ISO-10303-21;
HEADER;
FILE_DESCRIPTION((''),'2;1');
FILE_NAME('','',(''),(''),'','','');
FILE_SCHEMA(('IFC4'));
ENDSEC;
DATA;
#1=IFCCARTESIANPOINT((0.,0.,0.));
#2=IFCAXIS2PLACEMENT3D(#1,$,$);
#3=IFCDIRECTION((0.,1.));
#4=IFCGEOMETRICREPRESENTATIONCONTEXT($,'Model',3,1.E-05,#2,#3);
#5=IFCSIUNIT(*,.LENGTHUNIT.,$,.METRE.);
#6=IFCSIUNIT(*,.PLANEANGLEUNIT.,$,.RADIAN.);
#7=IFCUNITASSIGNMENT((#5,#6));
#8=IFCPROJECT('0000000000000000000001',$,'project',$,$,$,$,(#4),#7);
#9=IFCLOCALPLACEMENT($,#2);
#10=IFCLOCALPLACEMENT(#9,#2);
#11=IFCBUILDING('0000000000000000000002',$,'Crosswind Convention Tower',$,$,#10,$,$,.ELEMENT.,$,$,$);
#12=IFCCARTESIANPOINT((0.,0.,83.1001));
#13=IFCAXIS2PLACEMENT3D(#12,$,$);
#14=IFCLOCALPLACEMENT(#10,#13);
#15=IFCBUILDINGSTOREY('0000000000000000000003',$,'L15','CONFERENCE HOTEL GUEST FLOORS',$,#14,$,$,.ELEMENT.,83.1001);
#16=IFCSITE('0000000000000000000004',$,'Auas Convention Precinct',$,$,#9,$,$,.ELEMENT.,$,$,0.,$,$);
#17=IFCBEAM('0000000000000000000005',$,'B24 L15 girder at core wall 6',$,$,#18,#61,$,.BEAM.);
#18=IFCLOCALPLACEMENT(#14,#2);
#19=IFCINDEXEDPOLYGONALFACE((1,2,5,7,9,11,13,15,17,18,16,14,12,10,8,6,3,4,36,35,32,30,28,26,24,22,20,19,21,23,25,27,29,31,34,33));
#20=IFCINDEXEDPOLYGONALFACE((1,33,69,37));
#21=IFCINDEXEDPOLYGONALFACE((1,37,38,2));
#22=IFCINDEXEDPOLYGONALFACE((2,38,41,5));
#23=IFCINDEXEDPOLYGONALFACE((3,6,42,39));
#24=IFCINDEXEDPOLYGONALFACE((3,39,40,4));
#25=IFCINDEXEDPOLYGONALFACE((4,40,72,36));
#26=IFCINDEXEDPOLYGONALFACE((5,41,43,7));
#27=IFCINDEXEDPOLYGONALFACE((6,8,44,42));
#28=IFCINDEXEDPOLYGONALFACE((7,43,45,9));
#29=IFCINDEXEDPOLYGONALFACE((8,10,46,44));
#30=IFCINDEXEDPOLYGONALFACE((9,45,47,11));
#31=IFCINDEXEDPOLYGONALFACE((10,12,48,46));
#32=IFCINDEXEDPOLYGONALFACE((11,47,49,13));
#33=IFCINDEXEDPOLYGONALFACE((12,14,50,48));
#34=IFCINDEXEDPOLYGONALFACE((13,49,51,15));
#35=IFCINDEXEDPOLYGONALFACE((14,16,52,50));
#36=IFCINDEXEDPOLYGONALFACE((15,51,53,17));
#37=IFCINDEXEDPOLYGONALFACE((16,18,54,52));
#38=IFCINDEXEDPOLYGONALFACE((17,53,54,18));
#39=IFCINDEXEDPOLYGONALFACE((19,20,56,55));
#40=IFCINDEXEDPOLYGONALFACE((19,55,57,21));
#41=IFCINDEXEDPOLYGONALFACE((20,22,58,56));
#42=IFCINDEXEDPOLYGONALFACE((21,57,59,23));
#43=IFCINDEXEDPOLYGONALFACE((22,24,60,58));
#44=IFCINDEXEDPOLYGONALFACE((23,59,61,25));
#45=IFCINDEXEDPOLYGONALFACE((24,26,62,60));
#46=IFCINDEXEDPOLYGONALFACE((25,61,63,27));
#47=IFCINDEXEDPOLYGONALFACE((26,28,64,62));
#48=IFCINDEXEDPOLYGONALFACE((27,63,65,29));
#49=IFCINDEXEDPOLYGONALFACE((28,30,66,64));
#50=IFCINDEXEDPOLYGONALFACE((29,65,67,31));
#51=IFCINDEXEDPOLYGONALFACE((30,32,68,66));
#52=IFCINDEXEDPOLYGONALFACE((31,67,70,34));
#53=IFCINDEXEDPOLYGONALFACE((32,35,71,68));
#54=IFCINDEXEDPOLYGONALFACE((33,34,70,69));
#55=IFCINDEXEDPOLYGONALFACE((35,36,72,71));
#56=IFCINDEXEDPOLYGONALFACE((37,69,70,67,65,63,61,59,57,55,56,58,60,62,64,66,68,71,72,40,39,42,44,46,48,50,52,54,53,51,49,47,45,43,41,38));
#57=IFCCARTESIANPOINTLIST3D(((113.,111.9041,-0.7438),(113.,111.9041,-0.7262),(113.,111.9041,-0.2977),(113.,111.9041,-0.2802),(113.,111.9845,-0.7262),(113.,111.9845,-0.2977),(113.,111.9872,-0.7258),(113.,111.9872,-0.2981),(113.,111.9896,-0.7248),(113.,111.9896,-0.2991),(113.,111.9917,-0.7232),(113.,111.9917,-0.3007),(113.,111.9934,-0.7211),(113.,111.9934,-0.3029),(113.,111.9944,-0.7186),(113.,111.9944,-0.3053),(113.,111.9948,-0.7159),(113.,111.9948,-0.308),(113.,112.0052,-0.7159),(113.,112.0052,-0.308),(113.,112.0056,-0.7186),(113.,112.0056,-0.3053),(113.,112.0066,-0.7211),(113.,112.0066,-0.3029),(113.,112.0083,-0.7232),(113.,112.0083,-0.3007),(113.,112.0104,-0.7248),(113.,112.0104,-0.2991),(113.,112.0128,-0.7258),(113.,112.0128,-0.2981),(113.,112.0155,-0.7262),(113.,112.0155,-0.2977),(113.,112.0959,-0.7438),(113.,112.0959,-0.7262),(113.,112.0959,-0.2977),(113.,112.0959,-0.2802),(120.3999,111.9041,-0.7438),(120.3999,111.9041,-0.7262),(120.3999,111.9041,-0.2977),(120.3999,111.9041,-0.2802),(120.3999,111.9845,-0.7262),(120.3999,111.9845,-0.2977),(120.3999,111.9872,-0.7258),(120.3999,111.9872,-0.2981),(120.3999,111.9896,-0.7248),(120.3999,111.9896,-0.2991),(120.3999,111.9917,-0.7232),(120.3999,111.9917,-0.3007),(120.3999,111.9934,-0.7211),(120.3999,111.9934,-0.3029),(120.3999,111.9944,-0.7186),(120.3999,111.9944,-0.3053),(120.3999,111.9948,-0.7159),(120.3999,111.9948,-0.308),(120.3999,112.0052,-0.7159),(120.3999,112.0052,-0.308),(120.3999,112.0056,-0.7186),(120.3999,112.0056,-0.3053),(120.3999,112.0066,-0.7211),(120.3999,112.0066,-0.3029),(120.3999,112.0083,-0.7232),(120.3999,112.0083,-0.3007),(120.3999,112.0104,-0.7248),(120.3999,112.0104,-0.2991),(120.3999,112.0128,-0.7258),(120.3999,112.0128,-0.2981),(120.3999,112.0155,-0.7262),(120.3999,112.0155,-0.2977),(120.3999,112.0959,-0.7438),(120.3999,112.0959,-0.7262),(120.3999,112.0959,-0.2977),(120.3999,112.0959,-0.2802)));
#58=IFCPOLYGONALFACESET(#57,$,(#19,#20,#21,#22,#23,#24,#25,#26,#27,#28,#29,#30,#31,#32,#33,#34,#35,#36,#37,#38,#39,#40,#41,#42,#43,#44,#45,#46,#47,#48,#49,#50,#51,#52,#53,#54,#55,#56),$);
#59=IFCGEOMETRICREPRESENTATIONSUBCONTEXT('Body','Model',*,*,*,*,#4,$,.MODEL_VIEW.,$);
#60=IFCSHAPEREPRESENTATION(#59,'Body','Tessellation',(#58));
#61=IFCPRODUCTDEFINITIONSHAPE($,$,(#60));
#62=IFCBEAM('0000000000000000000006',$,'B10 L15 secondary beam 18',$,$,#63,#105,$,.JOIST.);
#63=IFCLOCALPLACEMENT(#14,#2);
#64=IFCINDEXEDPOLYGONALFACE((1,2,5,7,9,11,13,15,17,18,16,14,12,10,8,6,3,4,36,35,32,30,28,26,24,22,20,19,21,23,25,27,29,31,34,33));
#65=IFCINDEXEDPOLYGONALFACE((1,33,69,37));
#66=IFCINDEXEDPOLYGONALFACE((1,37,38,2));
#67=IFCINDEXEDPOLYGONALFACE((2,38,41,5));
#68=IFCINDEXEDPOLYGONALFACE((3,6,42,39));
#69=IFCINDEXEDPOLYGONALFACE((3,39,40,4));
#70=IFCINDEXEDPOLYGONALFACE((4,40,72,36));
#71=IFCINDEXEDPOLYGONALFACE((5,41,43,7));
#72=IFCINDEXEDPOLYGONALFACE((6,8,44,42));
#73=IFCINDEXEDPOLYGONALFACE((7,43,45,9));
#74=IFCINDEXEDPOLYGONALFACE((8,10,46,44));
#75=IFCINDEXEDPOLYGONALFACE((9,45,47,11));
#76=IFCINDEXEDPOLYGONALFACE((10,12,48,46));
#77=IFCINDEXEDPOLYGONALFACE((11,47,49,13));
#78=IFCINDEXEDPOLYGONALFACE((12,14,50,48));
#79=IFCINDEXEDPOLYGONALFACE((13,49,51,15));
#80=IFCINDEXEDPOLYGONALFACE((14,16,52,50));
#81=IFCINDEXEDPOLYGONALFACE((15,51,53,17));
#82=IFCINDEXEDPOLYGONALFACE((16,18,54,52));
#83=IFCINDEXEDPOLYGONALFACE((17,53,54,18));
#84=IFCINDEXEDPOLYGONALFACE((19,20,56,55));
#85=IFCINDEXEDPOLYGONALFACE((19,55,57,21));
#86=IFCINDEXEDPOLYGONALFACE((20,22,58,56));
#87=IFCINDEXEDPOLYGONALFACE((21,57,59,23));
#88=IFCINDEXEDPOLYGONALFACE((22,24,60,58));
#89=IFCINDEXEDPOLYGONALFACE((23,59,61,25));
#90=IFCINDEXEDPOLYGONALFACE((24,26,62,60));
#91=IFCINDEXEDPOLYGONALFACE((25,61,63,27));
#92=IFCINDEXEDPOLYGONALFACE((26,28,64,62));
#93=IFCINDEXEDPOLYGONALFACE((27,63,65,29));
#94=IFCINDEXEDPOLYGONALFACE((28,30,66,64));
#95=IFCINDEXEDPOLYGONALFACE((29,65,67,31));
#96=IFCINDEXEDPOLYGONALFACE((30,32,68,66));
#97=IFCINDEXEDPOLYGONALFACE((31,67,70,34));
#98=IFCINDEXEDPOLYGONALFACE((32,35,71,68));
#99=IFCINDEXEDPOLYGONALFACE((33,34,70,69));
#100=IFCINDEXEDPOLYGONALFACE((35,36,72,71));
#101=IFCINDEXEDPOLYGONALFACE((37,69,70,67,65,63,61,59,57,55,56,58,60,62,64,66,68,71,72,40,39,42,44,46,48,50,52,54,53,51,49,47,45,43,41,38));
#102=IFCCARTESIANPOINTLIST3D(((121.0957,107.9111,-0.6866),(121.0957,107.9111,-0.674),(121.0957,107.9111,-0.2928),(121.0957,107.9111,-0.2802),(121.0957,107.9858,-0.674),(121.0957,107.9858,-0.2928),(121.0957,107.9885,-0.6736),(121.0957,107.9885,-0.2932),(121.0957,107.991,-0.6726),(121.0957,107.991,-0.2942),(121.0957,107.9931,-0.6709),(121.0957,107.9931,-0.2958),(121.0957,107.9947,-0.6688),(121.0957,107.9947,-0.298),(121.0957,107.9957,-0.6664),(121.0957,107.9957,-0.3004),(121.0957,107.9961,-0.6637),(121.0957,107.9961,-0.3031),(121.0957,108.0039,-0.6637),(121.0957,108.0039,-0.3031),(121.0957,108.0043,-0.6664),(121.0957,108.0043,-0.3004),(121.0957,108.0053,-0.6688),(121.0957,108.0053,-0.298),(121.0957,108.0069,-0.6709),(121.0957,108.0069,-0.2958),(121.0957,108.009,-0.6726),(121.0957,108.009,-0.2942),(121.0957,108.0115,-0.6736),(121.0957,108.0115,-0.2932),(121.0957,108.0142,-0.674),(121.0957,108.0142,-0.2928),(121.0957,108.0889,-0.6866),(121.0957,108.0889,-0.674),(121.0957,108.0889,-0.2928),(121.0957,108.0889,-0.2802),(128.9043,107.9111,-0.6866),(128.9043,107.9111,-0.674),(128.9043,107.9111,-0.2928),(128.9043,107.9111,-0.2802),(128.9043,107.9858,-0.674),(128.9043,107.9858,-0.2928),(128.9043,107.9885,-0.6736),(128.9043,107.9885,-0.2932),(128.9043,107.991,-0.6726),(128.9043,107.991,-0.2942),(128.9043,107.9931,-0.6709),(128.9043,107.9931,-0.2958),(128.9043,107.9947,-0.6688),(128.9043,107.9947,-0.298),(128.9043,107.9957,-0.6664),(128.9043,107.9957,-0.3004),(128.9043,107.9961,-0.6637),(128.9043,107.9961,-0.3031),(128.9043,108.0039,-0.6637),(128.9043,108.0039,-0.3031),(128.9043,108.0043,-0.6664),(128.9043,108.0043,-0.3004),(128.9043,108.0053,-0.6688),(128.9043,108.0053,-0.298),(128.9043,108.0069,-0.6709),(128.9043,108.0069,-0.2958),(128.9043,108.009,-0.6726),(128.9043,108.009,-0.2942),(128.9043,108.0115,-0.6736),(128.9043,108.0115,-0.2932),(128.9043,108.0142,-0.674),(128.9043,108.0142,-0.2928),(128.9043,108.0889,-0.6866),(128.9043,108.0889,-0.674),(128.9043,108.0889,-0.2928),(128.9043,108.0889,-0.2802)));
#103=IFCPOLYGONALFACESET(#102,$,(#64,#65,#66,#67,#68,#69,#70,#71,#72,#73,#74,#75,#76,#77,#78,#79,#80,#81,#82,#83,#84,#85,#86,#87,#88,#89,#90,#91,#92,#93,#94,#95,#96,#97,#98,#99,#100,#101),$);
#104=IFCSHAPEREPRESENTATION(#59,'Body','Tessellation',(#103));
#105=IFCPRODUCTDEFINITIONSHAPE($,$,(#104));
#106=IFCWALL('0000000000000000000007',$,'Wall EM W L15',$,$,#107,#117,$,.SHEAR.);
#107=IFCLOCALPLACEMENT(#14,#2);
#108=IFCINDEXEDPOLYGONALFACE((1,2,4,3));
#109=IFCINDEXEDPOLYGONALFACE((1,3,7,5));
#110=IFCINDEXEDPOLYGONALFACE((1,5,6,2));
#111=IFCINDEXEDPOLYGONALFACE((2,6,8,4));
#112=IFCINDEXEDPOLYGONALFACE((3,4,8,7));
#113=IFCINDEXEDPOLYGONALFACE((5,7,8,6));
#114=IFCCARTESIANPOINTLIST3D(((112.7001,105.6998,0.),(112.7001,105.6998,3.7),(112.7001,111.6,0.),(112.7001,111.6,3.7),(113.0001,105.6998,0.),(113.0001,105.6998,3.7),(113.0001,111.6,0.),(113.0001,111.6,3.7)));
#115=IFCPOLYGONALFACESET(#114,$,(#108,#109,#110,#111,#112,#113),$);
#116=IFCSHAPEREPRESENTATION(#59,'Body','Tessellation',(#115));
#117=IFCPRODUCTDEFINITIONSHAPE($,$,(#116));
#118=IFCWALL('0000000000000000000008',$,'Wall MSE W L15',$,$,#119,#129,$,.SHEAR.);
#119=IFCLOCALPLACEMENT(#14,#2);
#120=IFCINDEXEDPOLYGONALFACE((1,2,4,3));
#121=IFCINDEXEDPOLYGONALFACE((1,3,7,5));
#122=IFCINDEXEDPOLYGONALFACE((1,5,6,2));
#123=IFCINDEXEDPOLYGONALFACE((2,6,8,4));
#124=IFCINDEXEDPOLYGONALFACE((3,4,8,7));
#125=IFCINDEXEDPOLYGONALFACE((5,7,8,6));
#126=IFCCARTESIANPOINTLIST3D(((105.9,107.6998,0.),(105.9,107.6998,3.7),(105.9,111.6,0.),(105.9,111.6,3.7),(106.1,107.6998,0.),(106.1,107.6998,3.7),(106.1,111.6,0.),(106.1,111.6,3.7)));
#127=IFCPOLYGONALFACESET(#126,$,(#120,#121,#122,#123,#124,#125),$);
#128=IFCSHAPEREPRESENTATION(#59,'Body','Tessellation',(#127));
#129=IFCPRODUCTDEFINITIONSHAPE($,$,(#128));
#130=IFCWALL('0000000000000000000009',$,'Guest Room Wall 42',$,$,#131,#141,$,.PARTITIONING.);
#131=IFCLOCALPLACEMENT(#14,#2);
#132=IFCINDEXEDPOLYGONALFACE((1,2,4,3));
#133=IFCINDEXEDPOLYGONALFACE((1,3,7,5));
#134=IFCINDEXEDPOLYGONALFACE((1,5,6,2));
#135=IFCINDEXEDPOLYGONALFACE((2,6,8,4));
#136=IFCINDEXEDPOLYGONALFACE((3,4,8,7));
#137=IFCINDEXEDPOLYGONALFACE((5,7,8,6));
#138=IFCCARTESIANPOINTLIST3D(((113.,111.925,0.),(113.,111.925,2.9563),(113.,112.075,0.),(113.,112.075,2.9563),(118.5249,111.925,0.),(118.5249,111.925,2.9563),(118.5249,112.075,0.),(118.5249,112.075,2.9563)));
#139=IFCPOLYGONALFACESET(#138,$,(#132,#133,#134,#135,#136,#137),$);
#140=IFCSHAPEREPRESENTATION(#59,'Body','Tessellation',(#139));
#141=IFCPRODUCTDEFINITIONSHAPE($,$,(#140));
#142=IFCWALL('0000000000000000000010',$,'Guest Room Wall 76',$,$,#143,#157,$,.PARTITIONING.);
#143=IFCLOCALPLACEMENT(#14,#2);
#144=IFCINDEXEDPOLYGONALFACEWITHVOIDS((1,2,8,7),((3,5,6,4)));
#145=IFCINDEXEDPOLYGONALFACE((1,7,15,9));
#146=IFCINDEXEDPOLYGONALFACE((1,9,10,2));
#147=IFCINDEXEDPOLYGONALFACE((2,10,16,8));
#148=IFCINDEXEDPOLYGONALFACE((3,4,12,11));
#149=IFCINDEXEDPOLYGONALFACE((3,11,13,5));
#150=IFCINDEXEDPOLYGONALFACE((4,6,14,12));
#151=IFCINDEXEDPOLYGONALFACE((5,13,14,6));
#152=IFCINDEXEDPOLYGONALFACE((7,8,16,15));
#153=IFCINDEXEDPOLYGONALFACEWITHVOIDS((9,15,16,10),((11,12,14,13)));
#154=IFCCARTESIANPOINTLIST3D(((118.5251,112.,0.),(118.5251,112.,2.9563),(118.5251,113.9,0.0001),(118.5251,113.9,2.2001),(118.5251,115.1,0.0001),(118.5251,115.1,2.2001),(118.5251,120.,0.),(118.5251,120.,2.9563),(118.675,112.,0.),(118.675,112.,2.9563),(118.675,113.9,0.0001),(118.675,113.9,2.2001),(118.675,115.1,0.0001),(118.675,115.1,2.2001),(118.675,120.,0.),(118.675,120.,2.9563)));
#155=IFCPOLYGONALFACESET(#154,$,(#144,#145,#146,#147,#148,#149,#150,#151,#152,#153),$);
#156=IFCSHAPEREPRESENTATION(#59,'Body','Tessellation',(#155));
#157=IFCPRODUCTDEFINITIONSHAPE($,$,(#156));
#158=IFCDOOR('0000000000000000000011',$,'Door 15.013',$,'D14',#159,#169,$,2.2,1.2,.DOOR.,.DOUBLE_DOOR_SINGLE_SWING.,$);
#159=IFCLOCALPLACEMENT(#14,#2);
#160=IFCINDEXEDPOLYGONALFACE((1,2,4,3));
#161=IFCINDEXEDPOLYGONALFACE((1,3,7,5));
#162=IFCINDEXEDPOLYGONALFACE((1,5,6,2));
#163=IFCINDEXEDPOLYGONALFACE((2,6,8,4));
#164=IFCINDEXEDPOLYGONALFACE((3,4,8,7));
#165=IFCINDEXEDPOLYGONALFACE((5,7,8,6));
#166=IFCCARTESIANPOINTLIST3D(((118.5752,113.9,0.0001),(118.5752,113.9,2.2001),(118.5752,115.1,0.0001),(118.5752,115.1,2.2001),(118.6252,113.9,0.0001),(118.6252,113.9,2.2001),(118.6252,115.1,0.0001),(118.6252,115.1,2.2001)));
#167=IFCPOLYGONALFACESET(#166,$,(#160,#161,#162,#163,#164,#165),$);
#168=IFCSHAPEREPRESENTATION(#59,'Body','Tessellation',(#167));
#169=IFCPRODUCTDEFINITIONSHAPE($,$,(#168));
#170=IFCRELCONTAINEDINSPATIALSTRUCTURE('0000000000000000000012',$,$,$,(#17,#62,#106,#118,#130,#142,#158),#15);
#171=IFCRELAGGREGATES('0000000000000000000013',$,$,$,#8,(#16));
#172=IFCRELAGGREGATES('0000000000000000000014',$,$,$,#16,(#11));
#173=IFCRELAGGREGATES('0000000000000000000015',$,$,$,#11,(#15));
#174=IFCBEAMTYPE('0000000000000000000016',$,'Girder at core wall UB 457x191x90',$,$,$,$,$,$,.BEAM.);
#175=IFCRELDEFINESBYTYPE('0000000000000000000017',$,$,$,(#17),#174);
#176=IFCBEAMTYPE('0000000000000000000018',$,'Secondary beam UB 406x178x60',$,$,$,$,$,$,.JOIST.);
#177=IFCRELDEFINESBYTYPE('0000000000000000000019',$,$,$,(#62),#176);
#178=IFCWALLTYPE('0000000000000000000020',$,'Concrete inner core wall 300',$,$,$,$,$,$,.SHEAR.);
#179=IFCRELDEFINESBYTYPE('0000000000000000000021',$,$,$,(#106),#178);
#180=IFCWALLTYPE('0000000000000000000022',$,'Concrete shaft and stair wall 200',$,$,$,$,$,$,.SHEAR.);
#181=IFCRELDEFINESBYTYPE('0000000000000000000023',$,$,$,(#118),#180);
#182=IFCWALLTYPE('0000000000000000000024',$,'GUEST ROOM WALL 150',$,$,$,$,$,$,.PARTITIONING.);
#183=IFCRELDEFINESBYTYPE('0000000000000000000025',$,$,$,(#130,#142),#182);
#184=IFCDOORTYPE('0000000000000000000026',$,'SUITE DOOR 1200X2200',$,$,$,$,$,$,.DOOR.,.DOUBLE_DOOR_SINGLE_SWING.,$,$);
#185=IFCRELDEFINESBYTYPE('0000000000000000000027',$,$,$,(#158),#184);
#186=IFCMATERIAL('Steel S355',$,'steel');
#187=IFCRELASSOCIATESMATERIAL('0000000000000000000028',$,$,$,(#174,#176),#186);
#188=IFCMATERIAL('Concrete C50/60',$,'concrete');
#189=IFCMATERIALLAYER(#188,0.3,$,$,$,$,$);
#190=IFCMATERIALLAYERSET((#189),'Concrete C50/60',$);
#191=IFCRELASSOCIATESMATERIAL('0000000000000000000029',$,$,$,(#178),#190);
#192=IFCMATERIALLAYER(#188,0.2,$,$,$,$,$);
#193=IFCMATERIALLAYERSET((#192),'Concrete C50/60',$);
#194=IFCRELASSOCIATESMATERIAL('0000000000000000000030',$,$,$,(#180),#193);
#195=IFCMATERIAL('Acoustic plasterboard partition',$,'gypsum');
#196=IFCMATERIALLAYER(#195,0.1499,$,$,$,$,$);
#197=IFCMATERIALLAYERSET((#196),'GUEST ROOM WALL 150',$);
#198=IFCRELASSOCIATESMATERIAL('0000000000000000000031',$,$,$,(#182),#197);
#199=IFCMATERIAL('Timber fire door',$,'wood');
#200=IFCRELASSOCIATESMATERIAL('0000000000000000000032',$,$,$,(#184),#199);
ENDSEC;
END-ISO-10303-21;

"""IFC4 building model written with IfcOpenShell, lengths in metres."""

from ifc_helpers import new_model, si_unit, direction, frame, frame_2d, origin, origin_2d, place, context, subcontext, project, spatial, rectangle, i_section, extrude, material, layer, layer_set, material_profile, profile_set, type_object, element, fill, save


model = new_model("IFC4")

# Units and contexts
model_context = context("Model", 3, precision=1e-05, world=origin(), true_north=direction((0.0, 1.0)))
body_context = subcontext(model_context, "Body", "Model", "MODEL_VIEW")
ifc_project = project(units=[si_unit("LENGTHUNIT", "METRE"), si_unit("PLANEANGLEUNIT", "RADIAN")], contexts=[model_context])

# Site, building, storey
site_placement = place(None, origin())
site = spatial("IfcSite", under=ifc_project, at=site_placement, Name="Auas Convention Precinct", CompositionType="ELEMENT", RefElevation=0.0)
building_placement = place(site_placement, origin())
building = spatial("IfcBuilding", under=site, at=building_placement, Name="Crosswind Convention Tower", CompositionType="ELEMENT")
storey_placement = place(building_placement, frame((0.0, 0.0, 83.1001)))
storey = spatial("IfcBuildingStorey", under=building, at=storey_placement, Name="L15", Description="CONFERENCE HOTEL GUEST FLOORS", CompositionType="ELEMENT", Elevation=83.1001)

# Beams
ifc_material_1 = material(Name="Steel S355", Category="steel")
ifc_material_profile_1 = material_profile(ifc_material_1, i_section(OverallWidth=0.1919, OverallDepth=0.4636, WebThickness=0.0105, FlangeThickness=0.0176, FilletRadius=0.0103, at=origin_2d()), Name="UB 457x191x90")
ifc_profile_set_1 = profile_set([ifc_material_profile_1], Name="Steel S355")
beam_type_1 = type_object("IfcBeamType", Name="Girder at core wall UB 457x191x90", PredefinedType="BEAM", material=ifc_profile_set_1)
beam_1_placement = place(storey_placement, frame((113.0, 112.0, -0.512), z_axis=(1.0, 0.0, 0.0), x_axis=(0.0, 1.0, 0.0)))
element("IfcBeam", 1, at=beam_1_placement, inside=storey, type_object=beam_type_1, Name="B24 L15 girder at core wall 6", PredefinedType="BEAM", context=body_context, shape_type="SweptSolid", body=[
    extrude(i_section(OverallWidth=0.1919, OverallDepth=0.4636, WebThickness=0.0105, FlangeThickness=0.0176, FilletRadius=0.0103, at=origin_2d()), origin(), (0.0, 0.0, 1.0), 7.3999),
])
ifc_material_profile_2 = material_profile(ifc_material_1, i_section(OverallWidth=0.1777, OverallDepth=0.4065, WebThickness=0.0078, FlangeThickness=0.0127, FilletRadius=0.0103, at=origin_2d()), Name="UB 406x178x60")
ifc_profile_set_2 = profile_set([ifc_material_profile_2], Name="Steel S355")
beam_type_2 = type_object("IfcBeamType", Name="Secondary beam UB 406x178x60", PredefinedType="JOIST", material=ifc_profile_set_2)
beam_2_placement = place(storey_placement, frame((121.0957, 108.0, -0.4834), z_axis=(1.0, 0.0, 0.0), x_axis=(0.0, 1.0, 0.0)))
element("IfcBeam", 2, at=beam_2_placement, inside=storey, type_object=beam_type_2, Name="B10 L15 secondary beam 18", PredefinedType="JOIST", context=body_context, shape_type="SweptSolid", body=[
    extrude(i_section(OverallWidth=0.1777, OverallDepth=0.4065, WebThickness=0.0078, FlangeThickness=0.0127, FilletRadius=0.0103, at=origin_2d()), origin(), (0.0, 0.0, 1.0), 7.8086),
])

# Walls
ifc_material_2 = material(Name="Concrete C50/60", Category="concrete")
ifc_layer_1 = layer(ifc_material_2, 0.3)
ifc_layer_set_1 = layer_set([ifc_layer_1], Name="Concrete C50/60")
wall_type_1 = type_object("IfcWallType", Name="Concrete inner core wall 300", PredefinedType="SHEAR", material=ifc_layer_set_1)
wall_1_placement = place(storey_placement, frame((112.8501, 111.6001, 0.0), z_axis=(0.0, 0.0, 1.0), x_axis=(0.0, -1.0, 0.0)))
element("IfcWall", 3, at=wall_1_placement, inside=storey, type_object=wall_type_1, Name="Wall EM W L15", PredefinedType="SHEAR", context=body_context, shape_type="SweptSolid", body=[
    extrude(rectangle(XDim=5.9001, YDim=0.3, at=frame_2d((2.9502, 0.0))), origin(), (0.0, 0.0, 1.0), 3.7),
])
ifc_layer_2 = layer(ifc_material_2, 0.2)
ifc_layer_set_2 = layer_set([ifc_layer_2], Name="Concrete C50/60")
wall_type_2 = type_object("IfcWallType", Name="Concrete shaft and stair wall 200", PredefinedType="SHEAR", material=ifc_layer_set_2)
wall_2_placement = place(storey_placement, frame((106.0, 111.6001, 0.0), z_axis=(0.0, 0.0, 1.0), x_axis=(0.0, -1.0, 0.0)))
element("IfcWall", 4, at=wall_2_placement, inside=storey, type_object=wall_type_2, Name="Wall MSE W L15", PredefinedType="SHEAR", context=body_context, shape_type="SweptSolid", body=[
    extrude(rectangle(XDim=3.9001, YDim=0.2, at=frame_2d((1.9502, 0.0))), origin(), (0.0, 0.0, 1.0), 3.7),
])
ifc_material_3 = material(Name="Acoustic plasterboard partition", Category="gypsum")
ifc_layer_3 = layer(ifc_material_3, 0.1499)
ifc_layer_set_3 = layer_set([ifc_layer_3], Name="GUEST ROOM WALL 150")
wall_type_3 = type_object("IfcWallType", Name="GUEST ROOM WALL 150", PredefinedType="PARTITIONING", material=ifc_layer_set_3)
wall_3_placement = place(storey_placement, frame((113.0, 112.0, 0.0), z_axis=(0.0, 0.0, 1.0), x_axis=(1.0, 0.0, 0.0)))
element("IfcWall", 5, at=wall_3_placement, inside=storey, type_object=wall_type_3, Name="Guest Room Wall 42", PredefinedType="PARTITIONING", context=body_context, shape_type="SweptSolid", body=[
    extrude(rectangle(XDim=5.5249, YDim=0.1499, at=frame_2d((2.7625, 0.0))), origin(), (0.0, 0.0, 1.0), 2.9563),
])

# Wall, opening, door
wall_4_placement = place(storey_placement, frame((118.6001, 112.0, 0.0), z_axis=(0.0, 0.0, 1.0), x_axis=(0.0, 1.0, 0.0)))
wall_4 = element("IfcWall", 6, at=wall_4_placement, inside=storey, type_object=wall_type_3, Name="Guest Room Wall 76", PredefinedType="PARTITIONING", context=body_context, shape_type="SweptSolid", body=[
    extrude(rectangle(XDim=8.0, YDim=0.1499, at=frame_2d((4.0, 0.0))), origin(), (0.0, 0.0, 1.0), 2.9563),
])
opening_1_placement = place(wall_4_placement, frame((1.8999, 0.0, 0.0)))
opening_1 = element("IfcOpeningElement", 7, at=opening_1_placement, cuts=wall_4, PredefinedType="OPENING", context=body_context, shape_type="SweptSolid", body=[
    extrude(rectangle(XDim=1.2, YDim=2.2, at=frame_2d((0.6001, 1.1001))), frame((0.0, 0.085, 0.0), z_axis=(0.0, -1.0, 0.0), x_axis=(1.0, 0.0, 0.0)), (0.0, 0.0, 1.0), 0.1699),
])
ifc_material_4 = material(Name="Timber fire door", Category="wood")
door_type_1 = type_object("IfcDoorType", Name="SUITE DOOR 1200X2200", OperationType="DOUBLE_DOOR_SINGLE_SWING", PredefinedType="DOOR", material=ifc_material_4)
door_1_placement = place(opening_1_placement, origin())
door_1 = element("IfcDoor", 8, at=door_1_placement, inside=storey, type_object=door_type_1, Name="Door 15.013", ObjectType="D14", OperationType="DOUBLE_DOOR_SINGLE_SWING", OverallHeight=2.2, OverallWidth=1.2, PredefinedType="DOOR", context=body_context, shape_type="SweptSolid", body=[
    extrude(rectangle(XDim=1.2, YDim=2.2, at=frame_2d((0.6001, 1.1001))), frame((0.0, 0.0249, 0.0), z_axis=(0.0, -1.0, 0.0), x_axis=(1.0, 0.0, 0.0)), (0.0, 0.0, 1.0), 0.05),
])
fill(opening_1, door_1)

save(model, "model.ifc")
